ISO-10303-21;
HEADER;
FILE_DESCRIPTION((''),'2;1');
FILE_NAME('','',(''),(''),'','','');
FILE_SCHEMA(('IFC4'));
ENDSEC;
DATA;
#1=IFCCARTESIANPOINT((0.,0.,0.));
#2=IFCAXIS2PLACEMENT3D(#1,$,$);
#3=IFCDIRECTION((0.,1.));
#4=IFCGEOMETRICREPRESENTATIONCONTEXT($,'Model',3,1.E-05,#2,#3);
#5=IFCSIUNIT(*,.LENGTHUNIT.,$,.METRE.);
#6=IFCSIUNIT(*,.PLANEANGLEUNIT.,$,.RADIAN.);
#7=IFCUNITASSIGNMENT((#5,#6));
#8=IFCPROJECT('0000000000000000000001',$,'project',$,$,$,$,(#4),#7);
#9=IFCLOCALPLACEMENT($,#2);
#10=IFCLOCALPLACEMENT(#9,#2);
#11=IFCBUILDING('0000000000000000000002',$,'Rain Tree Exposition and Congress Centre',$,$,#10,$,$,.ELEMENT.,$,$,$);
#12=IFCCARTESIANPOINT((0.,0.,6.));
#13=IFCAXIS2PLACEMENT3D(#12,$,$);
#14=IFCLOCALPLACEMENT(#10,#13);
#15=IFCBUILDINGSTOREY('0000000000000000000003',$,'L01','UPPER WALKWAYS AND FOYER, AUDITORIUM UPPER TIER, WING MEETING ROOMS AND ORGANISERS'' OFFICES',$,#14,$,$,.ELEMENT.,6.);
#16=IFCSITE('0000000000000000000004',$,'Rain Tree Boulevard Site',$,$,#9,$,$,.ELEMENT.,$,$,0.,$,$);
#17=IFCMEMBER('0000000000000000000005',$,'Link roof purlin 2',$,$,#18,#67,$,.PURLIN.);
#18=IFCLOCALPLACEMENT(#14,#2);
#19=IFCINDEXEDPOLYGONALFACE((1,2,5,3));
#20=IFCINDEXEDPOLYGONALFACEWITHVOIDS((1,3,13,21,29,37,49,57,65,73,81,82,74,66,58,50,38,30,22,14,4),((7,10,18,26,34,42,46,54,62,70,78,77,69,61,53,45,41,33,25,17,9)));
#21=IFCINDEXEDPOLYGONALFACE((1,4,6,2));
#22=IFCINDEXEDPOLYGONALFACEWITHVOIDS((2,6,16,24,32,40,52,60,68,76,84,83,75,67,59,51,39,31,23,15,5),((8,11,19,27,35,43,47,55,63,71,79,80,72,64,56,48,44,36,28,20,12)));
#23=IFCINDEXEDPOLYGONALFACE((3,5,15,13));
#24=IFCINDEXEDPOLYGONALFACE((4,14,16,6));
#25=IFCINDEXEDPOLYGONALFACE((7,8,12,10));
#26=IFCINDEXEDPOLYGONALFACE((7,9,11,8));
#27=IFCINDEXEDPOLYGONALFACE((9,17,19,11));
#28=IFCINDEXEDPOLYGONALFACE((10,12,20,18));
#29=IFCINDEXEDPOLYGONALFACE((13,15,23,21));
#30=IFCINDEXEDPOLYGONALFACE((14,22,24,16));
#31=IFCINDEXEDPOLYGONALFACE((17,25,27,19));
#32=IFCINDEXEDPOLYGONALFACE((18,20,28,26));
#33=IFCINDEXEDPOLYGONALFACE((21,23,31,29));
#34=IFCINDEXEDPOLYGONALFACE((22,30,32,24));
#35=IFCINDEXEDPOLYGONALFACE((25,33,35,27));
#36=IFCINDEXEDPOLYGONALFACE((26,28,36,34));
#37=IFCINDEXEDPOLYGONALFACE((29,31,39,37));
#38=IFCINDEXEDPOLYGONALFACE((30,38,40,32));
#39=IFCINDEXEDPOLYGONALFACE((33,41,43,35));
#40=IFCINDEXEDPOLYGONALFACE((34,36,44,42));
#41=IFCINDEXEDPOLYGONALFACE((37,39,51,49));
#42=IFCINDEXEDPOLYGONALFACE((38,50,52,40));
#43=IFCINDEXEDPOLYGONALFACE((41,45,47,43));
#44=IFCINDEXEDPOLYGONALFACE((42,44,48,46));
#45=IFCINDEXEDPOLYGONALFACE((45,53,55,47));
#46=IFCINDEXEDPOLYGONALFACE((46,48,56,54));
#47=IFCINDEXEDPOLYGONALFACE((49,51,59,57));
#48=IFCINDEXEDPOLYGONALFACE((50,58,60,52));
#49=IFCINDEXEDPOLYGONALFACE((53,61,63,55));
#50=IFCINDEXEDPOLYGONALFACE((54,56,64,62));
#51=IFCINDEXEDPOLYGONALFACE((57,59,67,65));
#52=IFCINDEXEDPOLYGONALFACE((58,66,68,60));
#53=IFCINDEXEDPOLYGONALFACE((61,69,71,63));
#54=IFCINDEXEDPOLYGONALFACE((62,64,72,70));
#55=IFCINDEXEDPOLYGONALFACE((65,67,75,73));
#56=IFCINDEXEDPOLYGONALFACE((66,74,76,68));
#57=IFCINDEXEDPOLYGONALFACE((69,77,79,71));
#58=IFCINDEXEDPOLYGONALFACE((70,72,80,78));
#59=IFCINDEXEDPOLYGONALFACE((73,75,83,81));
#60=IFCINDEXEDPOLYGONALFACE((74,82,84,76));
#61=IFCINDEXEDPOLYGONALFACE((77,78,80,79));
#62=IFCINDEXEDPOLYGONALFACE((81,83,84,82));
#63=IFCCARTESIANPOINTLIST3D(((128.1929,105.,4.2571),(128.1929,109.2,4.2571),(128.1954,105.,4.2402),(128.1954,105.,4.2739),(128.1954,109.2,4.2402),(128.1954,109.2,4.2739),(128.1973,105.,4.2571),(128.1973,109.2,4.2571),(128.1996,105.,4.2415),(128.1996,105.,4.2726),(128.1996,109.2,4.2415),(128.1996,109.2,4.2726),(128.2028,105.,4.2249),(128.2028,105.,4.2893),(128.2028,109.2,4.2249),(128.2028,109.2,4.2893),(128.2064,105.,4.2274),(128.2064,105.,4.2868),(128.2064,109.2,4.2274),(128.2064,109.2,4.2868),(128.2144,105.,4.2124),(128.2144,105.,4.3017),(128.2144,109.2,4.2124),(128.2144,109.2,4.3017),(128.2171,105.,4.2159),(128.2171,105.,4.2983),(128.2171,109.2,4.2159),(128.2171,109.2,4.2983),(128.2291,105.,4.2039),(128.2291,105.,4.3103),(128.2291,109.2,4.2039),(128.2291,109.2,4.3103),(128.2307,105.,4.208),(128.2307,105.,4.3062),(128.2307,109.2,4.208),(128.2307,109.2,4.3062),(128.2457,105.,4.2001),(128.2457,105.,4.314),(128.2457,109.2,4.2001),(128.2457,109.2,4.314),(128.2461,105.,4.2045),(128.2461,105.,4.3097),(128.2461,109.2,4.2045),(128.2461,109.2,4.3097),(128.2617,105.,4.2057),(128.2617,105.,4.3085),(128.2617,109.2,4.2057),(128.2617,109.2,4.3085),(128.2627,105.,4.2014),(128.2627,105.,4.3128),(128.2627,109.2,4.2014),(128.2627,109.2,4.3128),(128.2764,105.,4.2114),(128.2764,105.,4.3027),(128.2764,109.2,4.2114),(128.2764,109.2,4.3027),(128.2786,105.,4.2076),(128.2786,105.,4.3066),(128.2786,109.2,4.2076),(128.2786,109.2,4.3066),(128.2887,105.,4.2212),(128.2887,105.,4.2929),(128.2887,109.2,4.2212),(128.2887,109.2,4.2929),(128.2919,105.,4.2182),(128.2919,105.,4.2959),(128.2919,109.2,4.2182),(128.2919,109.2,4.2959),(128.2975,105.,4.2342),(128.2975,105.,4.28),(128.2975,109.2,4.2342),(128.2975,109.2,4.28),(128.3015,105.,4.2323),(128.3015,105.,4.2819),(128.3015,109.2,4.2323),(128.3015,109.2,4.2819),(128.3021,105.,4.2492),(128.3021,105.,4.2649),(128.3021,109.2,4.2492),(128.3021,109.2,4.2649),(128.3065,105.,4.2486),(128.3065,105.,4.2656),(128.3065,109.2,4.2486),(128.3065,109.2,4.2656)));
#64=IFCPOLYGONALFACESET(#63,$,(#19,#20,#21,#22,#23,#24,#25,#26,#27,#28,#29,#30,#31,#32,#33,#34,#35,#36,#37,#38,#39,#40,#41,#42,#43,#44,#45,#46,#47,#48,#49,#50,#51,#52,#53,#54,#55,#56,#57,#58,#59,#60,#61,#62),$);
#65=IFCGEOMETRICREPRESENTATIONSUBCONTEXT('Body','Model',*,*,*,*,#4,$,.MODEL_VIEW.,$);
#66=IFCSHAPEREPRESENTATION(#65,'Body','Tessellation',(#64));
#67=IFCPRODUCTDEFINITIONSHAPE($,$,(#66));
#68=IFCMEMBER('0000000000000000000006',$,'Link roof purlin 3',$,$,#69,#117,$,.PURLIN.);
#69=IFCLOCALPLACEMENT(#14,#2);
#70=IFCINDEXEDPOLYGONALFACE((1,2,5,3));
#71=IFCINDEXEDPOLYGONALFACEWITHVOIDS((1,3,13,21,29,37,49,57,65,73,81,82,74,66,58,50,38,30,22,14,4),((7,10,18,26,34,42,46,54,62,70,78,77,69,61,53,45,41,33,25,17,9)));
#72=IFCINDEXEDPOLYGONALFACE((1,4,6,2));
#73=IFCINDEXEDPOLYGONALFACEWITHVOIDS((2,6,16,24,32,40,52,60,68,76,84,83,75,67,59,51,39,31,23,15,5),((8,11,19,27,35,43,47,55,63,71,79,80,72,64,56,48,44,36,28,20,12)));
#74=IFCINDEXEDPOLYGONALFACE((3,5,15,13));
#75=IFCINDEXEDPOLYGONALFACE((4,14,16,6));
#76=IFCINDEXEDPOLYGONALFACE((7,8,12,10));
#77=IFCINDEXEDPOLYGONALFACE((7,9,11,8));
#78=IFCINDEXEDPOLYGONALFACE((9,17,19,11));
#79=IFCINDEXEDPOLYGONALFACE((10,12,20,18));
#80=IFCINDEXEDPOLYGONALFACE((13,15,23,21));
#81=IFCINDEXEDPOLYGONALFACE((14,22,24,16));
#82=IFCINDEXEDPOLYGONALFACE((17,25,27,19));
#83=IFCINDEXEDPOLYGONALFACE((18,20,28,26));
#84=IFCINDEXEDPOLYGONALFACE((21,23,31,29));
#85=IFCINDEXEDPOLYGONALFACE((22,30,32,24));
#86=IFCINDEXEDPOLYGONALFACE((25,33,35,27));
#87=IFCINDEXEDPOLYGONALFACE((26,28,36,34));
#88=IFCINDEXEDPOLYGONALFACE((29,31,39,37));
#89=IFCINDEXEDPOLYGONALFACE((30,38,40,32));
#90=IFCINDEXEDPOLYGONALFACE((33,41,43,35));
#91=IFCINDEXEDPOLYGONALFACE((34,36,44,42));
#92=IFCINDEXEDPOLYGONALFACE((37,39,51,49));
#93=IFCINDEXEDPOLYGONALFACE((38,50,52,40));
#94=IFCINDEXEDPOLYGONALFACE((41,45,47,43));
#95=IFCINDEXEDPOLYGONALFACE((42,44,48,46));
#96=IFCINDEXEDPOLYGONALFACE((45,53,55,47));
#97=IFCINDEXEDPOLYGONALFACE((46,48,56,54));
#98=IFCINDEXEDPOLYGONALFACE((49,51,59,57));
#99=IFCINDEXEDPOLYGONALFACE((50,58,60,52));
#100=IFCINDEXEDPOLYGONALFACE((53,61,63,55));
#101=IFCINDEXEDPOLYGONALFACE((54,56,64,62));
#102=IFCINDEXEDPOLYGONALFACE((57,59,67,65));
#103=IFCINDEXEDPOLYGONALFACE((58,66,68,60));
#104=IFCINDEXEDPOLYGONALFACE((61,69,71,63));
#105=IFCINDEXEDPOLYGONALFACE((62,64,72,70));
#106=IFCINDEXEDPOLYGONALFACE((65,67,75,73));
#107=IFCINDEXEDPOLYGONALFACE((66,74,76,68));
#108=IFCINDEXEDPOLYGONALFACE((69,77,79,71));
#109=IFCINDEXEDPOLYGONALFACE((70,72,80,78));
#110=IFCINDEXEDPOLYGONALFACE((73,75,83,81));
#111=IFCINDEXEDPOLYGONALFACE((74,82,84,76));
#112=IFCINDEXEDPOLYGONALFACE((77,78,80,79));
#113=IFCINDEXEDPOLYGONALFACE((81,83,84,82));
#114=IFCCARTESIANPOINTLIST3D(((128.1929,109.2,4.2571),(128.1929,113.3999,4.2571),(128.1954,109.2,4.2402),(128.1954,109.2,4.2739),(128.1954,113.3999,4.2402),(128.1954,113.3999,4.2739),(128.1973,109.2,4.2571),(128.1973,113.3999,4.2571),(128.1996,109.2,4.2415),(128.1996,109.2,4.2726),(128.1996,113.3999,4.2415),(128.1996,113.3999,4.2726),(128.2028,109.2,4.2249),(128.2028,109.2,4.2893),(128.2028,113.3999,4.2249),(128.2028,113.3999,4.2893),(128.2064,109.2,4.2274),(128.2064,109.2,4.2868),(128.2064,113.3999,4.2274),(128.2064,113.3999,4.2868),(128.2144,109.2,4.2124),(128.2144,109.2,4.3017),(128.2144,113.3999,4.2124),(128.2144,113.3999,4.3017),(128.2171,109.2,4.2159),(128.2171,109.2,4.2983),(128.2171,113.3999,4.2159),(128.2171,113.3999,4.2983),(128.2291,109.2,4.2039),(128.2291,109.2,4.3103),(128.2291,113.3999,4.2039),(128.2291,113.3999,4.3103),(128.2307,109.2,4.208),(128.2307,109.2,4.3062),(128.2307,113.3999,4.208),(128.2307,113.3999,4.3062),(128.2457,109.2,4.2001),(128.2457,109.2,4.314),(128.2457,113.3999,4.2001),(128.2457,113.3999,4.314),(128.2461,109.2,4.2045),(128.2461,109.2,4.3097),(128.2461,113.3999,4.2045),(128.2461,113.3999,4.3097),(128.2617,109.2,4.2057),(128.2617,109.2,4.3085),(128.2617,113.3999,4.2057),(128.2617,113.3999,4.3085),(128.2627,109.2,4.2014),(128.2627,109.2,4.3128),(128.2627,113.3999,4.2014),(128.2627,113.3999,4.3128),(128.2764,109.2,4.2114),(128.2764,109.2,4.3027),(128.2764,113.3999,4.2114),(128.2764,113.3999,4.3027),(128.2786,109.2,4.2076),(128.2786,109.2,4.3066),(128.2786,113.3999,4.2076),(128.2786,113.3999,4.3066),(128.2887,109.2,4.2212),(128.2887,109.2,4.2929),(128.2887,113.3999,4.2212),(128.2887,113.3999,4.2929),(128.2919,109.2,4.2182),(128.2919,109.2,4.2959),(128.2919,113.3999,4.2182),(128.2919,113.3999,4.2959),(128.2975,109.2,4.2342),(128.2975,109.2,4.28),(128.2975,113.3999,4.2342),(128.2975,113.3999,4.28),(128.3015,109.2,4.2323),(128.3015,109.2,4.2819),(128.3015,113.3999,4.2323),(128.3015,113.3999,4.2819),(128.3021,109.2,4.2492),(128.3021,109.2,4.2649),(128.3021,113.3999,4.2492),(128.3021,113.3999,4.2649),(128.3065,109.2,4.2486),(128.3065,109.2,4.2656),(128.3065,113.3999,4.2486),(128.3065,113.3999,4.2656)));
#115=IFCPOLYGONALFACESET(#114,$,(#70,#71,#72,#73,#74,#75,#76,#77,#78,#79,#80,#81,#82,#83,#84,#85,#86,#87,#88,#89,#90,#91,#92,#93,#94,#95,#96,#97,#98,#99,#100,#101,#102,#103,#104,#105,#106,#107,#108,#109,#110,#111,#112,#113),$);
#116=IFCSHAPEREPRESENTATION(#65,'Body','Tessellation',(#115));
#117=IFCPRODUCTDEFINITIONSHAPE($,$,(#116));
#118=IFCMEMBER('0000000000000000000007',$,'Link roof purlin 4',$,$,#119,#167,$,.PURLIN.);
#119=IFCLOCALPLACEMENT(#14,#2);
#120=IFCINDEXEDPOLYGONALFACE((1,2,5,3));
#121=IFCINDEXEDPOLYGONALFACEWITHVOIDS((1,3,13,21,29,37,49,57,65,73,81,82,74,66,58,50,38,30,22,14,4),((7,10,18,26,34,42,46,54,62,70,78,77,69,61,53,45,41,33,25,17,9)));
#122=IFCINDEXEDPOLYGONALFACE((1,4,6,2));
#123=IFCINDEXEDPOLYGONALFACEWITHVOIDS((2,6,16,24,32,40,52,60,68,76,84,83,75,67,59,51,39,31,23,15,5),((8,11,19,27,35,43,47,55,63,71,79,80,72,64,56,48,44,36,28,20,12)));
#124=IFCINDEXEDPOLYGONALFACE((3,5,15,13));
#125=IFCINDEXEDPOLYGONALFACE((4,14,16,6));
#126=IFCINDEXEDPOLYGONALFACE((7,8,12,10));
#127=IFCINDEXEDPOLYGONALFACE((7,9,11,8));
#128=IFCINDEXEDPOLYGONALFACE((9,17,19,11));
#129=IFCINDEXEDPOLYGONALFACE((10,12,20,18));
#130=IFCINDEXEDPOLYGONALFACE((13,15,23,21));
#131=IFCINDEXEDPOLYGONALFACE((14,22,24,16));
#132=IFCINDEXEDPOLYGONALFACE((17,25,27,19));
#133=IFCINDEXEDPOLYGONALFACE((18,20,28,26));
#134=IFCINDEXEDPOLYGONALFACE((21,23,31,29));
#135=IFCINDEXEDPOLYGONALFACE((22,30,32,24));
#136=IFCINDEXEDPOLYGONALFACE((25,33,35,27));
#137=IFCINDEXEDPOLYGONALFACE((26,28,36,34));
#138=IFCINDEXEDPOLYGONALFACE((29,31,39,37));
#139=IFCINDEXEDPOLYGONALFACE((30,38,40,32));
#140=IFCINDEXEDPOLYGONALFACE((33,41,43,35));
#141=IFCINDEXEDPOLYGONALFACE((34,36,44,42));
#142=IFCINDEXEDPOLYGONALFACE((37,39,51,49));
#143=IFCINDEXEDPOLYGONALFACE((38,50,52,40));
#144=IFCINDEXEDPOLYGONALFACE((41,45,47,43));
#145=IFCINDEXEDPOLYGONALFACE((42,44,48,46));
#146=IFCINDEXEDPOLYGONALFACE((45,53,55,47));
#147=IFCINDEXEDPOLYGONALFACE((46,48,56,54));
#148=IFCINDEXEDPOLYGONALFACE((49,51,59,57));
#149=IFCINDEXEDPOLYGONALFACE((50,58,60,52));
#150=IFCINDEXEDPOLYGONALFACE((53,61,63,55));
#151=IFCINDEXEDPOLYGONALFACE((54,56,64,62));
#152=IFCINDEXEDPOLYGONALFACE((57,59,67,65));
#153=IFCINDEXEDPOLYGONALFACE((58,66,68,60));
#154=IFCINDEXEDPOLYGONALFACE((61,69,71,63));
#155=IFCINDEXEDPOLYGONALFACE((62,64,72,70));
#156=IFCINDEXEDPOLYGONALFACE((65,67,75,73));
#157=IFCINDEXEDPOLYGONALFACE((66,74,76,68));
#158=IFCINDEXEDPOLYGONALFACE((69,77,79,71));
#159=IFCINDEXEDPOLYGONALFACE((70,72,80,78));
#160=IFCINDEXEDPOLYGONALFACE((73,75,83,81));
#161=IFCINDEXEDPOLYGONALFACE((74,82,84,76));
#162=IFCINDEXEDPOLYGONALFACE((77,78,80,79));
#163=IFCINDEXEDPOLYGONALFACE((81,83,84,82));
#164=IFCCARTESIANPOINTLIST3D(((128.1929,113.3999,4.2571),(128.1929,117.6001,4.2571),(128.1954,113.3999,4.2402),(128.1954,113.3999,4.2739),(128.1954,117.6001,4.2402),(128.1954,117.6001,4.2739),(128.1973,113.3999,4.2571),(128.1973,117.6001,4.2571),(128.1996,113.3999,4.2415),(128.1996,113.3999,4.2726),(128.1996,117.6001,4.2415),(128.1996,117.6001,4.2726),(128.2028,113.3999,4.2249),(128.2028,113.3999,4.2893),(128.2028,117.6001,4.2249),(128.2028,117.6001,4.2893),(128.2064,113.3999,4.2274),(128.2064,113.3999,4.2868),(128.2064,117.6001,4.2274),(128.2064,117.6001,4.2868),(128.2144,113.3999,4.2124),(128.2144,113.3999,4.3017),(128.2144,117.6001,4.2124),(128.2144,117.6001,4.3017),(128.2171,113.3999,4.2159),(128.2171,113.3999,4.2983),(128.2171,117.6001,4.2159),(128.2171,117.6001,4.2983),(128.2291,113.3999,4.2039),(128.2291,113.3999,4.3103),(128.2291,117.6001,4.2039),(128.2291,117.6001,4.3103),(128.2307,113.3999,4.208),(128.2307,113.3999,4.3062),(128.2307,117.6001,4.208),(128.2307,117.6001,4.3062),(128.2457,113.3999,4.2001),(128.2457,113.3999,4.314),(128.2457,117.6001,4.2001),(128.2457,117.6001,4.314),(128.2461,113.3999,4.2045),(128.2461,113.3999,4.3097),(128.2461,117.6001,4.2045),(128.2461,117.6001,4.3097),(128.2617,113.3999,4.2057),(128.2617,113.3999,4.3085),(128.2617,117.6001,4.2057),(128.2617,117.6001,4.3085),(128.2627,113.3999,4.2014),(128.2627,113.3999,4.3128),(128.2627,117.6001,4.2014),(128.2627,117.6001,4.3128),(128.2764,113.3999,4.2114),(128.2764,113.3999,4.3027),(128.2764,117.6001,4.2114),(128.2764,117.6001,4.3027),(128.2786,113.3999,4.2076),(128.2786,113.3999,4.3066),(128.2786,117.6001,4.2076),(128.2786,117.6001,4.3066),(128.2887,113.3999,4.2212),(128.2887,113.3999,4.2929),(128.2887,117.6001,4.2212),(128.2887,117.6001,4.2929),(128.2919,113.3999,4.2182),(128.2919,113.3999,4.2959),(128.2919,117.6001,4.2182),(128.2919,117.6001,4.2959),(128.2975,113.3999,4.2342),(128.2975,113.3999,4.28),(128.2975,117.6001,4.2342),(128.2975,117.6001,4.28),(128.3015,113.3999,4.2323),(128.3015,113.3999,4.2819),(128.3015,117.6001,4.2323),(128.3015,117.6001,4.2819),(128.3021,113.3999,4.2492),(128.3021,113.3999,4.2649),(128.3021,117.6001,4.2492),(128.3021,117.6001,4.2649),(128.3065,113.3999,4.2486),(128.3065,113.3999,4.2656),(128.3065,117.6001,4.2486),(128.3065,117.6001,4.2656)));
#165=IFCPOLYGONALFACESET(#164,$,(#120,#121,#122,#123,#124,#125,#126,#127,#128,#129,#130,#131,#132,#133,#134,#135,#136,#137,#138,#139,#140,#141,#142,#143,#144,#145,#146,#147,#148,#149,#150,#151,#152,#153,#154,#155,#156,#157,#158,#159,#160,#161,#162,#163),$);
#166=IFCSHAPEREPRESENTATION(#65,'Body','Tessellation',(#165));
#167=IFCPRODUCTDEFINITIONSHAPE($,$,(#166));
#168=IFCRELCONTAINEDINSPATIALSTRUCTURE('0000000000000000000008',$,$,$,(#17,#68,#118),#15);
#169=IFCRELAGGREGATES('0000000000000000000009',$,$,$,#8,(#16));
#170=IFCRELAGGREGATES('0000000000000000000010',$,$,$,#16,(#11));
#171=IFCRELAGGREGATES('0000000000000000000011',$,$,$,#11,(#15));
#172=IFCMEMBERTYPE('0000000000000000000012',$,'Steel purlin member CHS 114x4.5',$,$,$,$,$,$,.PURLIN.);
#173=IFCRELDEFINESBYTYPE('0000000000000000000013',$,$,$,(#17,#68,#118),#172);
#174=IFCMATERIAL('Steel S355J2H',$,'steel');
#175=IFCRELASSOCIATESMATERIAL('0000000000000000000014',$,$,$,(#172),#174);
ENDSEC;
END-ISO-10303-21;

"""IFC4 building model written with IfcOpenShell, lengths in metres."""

from ifc_helpers import new_model, si_unit, direction, frame, origin, origin_2d, place, context, subcontext, project, spatial, hollow_circle, extrude, material, material_profile, profile_set, type_object, element, save


model = new_model("IFC4")

# Units and contexts
model_context = context("Model", 3, precision=1e-05, world=origin(), true_north=direction((0.0, 1.0)))
body_context = subcontext(model_context, "Body", "Model", "MODEL_VIEW")
ifc_project = project(units=[si_unit("LENGTHUNIT", "METRE"), si_unit("PLANEANGLEUNIT", "RADIAN")], contexts=[model_context])

# Site, building, storey
site_placement = place(None, origin())
site = spatial("IfcSite", under=ifc_project, at=site_placement, Name="Rain Tree Boulevard Site", CompositionType="ELEMENT", RefElevation=0.0)
building_placement = place(site_placement, origin())
building = spatial("IfcBuilding", under=site, at=building_placement, Name="Rain Tree Exposition and Congress Centre", CompositionType="ELEMENT")
storey_placement = place(building_placement, frame((0.0, 0.0, 6.0)))
storey = spatial("IfcBuildingStorey", under=building, at=storey_placement, Name="L01", Description="UPPER WALKWAYS AND FOYER, AUDITORIUM UPPER TIER, WING MEETING ROOMS AND ORGANISERS' OFFICES", CompositionType="ELEMENT", Elevation=6.0)

# Members
ifc_material_1 = material(Name="Steel S355J2H", Category="steel")
ifc_material_profile_1 = material_profile(ifc_material_1, hollow_circle(Radius=0.0571, WallThickness=0.0044, at=origin_2d()), Name="CHS 114x4.5")
ifc_profile_set_1 = profile_set([ifc_material_profile_1], Name="Steel S355J2H")
member_type = type_object("IfcMemberType", Name="Steel purlin member CHS 114x4.5", PredefinedType="PURLIN", material=ifc_profile_set_1)
for number, where, z_axis, x_axis, name in (
    (1, (128.25, 105.0, 4.2571), (0.0, 1.0, 0.0), (-1.0, 0.0, 0.0), "Link roof purlin 2"),
    (2, (128.25, 109.2, 4.2571), (0.0, 1.0, 0.0), (-1.0, 0.0, 0.0), "Link roof purlin 3"),
):
    element("IfcMember", number, at=place(storey_placement, frame(where, z_axis=z_axis, x_axis=x_axis)), inside=storey, type_object=member_type, Name=name, PredefinedType="PURLIN", context=body_context, shape_type="SweptSolid", body=[
        extrude(hollow_circle(Radius=0.0571, WallThickness=0.0044, at=origin_2d()), origin(), (0.0, 0.0, 1.0), 4.2),
    ])
member_1_placement = place(storey_placement, frame((128.25, 113.3999, 4.2571), z_axis=(0.0, 1.0, 0.0), x_axis=(-1.0, 0.0, 0.0)))
element("IfcMember", 3, at=member_1_placement, inside=storey, type_object=member_type, Name="Link roof purlin 4", PredefinedType="PURLIN", context=body_context, shape_type="SweptSolid", body=[
    extrude(hollow_circle(Radius=0.0571, WallThickness=0.0044, at=origin_2d()), origin(), (0.0, 0.0, 1.0), 4.2002),
])

save(model, "model.ifc")
